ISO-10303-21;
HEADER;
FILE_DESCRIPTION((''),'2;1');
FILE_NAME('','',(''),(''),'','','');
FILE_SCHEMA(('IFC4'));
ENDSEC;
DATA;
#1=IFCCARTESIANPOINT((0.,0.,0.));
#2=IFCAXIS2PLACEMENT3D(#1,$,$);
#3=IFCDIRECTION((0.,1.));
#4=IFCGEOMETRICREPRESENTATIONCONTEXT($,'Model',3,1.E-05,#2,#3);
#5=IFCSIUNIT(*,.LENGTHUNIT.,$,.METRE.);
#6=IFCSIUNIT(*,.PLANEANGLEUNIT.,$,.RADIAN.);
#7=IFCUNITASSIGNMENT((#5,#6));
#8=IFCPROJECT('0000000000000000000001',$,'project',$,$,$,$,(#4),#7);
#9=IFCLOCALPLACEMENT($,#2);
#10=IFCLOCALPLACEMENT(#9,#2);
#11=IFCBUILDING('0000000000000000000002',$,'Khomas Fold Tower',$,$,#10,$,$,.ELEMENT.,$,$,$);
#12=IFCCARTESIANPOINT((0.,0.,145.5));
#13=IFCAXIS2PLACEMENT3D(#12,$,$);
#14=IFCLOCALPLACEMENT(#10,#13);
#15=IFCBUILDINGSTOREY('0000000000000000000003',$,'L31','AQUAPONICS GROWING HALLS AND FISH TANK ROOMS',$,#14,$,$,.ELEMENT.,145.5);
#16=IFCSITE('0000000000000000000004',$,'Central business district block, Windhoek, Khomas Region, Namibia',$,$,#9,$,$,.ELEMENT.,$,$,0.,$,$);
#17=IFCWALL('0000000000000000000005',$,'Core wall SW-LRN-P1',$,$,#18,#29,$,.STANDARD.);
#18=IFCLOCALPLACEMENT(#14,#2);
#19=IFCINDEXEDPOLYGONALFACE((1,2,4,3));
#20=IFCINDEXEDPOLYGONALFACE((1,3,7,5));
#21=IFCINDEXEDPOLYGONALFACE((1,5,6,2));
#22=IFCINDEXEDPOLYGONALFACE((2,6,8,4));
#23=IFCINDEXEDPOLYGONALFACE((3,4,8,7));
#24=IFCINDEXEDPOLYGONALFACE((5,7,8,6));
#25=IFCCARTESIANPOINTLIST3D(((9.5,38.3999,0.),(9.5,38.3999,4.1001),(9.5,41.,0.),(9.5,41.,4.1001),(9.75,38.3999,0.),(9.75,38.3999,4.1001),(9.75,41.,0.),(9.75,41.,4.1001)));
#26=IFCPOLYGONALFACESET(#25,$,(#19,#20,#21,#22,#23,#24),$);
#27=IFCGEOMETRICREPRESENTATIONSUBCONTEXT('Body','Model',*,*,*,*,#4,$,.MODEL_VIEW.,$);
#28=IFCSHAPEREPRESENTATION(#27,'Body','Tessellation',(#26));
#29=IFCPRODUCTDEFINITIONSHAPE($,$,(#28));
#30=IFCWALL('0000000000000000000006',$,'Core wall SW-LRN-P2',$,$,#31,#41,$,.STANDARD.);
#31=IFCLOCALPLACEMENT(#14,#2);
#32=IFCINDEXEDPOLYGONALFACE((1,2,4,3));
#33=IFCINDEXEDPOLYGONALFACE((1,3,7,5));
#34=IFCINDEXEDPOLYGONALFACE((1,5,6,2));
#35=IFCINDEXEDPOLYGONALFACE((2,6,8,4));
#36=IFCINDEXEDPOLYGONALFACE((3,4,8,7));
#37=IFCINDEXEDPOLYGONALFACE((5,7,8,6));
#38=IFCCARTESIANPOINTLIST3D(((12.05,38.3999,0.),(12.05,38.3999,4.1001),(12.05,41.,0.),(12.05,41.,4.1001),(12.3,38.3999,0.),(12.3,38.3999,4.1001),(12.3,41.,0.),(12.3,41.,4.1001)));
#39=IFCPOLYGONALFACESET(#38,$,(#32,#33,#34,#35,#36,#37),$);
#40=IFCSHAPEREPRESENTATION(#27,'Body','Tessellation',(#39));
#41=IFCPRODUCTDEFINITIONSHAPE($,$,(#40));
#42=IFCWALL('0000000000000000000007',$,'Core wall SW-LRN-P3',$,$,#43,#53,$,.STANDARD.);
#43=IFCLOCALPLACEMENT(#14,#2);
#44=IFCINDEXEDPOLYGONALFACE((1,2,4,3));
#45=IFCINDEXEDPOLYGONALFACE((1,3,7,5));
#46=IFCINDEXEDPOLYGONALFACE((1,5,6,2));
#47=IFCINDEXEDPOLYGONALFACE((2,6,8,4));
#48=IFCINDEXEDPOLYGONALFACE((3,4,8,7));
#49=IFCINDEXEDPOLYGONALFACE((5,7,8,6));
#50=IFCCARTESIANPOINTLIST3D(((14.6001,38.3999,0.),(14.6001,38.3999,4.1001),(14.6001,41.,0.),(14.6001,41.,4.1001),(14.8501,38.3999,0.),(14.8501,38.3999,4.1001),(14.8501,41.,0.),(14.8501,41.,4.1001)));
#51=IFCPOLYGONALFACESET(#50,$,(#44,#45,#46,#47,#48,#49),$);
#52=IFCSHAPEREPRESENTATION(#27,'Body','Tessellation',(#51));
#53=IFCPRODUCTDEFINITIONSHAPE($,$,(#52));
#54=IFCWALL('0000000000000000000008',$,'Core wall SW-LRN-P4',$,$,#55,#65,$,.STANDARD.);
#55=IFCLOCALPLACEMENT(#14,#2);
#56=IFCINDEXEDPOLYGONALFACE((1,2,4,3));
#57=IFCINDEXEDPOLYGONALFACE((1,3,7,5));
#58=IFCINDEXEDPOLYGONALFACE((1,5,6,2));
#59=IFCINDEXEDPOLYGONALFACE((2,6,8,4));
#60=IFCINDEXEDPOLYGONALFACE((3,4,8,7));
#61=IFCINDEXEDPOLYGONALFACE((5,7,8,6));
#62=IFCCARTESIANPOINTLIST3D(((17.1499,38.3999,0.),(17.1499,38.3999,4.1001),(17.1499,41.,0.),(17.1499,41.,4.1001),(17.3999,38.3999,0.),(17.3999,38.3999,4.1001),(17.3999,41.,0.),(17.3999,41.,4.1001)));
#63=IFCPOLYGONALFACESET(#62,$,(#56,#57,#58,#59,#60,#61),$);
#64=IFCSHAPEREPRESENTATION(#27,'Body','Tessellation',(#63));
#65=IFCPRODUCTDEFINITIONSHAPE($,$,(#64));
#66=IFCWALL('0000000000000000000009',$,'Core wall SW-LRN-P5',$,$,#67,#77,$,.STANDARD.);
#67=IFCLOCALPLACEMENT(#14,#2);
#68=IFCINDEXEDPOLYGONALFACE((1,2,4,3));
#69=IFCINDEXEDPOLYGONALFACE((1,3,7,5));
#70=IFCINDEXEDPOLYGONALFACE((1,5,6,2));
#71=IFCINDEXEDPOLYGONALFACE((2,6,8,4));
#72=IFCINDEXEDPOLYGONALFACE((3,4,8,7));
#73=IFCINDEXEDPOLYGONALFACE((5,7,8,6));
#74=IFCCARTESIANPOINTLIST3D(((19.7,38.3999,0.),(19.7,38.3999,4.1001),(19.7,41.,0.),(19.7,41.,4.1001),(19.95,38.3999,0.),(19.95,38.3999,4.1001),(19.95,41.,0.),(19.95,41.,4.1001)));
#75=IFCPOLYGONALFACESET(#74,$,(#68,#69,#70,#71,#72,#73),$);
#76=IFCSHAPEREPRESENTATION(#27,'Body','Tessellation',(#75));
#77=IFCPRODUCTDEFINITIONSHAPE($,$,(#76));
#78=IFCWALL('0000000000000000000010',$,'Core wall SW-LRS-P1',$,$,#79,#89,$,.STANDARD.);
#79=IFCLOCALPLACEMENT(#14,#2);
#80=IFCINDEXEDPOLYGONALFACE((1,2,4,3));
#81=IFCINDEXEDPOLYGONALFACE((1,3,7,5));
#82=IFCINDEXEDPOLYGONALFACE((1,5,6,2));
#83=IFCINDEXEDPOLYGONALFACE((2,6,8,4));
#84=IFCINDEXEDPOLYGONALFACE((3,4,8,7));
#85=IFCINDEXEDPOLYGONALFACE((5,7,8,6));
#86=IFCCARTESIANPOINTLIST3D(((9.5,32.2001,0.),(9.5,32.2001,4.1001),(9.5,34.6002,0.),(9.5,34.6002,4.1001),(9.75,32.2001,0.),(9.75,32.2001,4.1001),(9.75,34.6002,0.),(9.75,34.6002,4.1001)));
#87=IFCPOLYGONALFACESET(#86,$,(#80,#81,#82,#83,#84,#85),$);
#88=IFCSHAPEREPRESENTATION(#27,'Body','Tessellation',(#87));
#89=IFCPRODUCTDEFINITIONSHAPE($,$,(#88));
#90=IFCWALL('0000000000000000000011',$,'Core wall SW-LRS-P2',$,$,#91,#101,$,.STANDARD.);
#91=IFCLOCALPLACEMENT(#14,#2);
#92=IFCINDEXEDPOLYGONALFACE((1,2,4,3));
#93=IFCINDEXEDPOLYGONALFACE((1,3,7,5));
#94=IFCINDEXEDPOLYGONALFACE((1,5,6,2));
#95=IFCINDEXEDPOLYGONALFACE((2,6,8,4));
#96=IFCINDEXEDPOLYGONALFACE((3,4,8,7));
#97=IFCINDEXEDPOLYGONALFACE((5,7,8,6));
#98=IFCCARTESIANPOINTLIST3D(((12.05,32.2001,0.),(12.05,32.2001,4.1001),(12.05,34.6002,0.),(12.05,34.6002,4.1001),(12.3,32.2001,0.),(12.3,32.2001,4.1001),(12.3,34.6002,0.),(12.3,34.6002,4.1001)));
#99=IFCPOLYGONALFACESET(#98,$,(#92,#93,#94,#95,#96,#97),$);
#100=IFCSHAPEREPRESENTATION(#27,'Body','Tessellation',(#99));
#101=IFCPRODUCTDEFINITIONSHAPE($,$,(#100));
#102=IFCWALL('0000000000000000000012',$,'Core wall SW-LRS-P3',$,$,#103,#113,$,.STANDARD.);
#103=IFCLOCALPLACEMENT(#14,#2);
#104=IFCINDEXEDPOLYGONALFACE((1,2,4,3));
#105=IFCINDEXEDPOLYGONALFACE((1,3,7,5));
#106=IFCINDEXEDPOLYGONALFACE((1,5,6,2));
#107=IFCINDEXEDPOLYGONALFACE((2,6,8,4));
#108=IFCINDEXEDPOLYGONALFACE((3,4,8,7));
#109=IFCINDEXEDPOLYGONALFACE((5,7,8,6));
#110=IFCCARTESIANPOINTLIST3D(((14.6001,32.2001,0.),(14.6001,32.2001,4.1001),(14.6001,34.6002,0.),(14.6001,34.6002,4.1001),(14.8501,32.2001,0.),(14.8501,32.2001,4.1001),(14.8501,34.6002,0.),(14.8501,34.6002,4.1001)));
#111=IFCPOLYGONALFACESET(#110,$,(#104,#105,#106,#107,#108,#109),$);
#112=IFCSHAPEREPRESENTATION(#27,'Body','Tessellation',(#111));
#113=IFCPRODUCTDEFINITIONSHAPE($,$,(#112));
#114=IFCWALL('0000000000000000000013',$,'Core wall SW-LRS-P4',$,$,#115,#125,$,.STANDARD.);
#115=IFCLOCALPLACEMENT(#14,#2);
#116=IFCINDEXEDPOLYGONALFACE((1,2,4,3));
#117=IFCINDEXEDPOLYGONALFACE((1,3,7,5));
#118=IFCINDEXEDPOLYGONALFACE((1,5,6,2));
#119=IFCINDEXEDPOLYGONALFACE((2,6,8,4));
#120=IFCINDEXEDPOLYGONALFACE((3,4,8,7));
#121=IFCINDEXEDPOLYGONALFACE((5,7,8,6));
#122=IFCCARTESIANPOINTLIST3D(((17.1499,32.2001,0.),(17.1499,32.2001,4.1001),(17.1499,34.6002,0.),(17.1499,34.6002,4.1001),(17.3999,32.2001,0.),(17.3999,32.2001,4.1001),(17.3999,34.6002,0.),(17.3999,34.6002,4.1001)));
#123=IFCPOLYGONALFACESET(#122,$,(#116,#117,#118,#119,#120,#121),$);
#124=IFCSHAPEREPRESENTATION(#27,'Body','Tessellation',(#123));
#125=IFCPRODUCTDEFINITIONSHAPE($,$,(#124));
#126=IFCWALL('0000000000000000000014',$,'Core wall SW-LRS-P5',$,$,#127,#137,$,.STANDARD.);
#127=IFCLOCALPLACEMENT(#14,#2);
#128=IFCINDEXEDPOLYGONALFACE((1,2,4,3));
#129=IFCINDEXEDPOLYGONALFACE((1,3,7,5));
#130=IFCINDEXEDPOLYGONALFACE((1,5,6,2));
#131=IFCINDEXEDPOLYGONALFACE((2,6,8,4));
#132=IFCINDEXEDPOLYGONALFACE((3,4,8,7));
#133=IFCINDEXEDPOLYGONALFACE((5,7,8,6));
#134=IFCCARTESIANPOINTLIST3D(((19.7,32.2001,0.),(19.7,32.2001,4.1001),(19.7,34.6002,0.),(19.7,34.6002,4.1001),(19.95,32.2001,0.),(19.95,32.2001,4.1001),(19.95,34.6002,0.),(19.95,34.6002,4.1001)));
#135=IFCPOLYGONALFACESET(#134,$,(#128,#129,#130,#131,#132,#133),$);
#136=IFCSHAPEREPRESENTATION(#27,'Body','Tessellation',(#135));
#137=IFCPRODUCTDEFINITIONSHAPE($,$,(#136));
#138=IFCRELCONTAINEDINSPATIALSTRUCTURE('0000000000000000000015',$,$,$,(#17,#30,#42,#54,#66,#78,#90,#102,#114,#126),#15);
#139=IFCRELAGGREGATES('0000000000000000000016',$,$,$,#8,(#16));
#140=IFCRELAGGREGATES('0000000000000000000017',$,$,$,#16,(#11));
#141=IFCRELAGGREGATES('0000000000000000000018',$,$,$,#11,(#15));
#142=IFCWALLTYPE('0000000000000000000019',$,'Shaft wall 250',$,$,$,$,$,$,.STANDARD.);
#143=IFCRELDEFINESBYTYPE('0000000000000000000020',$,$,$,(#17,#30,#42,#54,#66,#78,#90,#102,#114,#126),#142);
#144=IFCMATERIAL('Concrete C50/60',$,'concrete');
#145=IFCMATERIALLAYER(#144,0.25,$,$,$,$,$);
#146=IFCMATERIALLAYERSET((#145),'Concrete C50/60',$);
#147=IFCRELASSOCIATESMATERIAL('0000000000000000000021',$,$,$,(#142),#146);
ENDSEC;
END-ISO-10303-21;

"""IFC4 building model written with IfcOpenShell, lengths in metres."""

from ifc_helpers import new_model, si_unit, direction, frame, frame_2d, origin, place, context, subcontext, project, spatial, rectangle, extrude, source, transform, mapped, material, layer, layer_set, type_object, element, save


model = new_model("IFC4")

# Units and contexts
model_context = context("Model", 3, precision=1e-05, world=origin(), true_north=direction((0.0, 1.0)))
body_context = subcontext(model_context, "Body", "Model", "MODEL_VIEW")
ifc_project = project(units=[si_unit("LENGTHUNIT", "METRE"), si_unit("PLANEANGLEUNIT", "RADIAN")], contexts=[model_context])

# Site, building, storey
site_placement = place(None, origin())
site = spatial("IfcSite", under=ifc_project, at=site_placement, Name="Central business district block, Windhoek, Khomas Region, Namibia", CompositionType="ELEMENT", RefElevation=0.0)
building_placement = place(site_placement, origin())
building = spatial("IfcBuilding", under=site, at=building_placement, Name="Khomas Fold Tower", CompositionType="ELEMENT")
storey_placement = place(building_placement, frame((0.0, 0.0, 145.5)))
storey = spatial("IfcBuildingStorey", under=building, at=storey_placement, Name="L31", Description="AQUAPONICS GROWING HALLS AND FISH TANK ROOMS", CompositionType="ELEMENT", Elevation=145.5)

# Walls
ifc_material_1 = material(Name="Concrete C50/60", Category="concrete")
ifc_layer_1 = layer(ifc_material_1, 0.25)
ifc_layer_set_1 = layer_set([ifc_layer_1], Name="Concrete C50/60")
wall_type_1 = type_object("IfcWallType", Name="Shaft wall 250", PredefinedType="STANDARD", material=ifc_layer_set_1)
shared_shape_1 = source(origin(), body_context, "Body", "SweptSolid", [
    extrude(rectangle(XDim=2.6001, YDim=0.25, at=frame_2d((1.3, 0.0))), origin(), (0.0, 0.0, 1.0), 4.1001),
])
for number, where, z_axis, x_axis, name in (
    (1, (9.625, 38.3999, 0.0), (0.0, 0.0, 1.0), (0.0, 1.0, 0.0), "Core wall SW-LRN-P1"),
    (2, (12.175, 38.3999, 0.0), (0.0, 0.0, 1.0), (0.0, 1.0, 0.0), "Core wall SW-LRN-P2"),
    (3, (14.7251, 38.3999, 0.0), (0.0, 0.0, 1.0), (0.0, 1.0, 0.0), "Core wall SW-LRN-P3"),
    (4, (17.2749, 38.3999, 0.0), (0.0, 0.0, 1.0), (0.0, 1.0, 0.0), "Core wall SW-LRN-P4"),
    (5, (19.825, 38.3999, 0.0), (0.0, 0.0, 1.0), (0.0, 1.0, 0.0), "Core wall SW-LRN-P5"),
):
    element("IfcWall", number, at=place(storey_placement, frame(where, z_axis=z_axis, x_axis=x_axis)), inside=storey, type_object=wall_type_1, Name=name, PredefinedType="STANDARD", context=body_context, shape_type="MappedRepresentation", body=[
        mapped(shared_shape_1, transform((0.0, 0.0, 0.0))),
    ])
shared_shape_2 = source(origin(), body_context, "Body", "SweptSolid", [
    extrude(rectangle(XDim=2.4001, YDim=0.25, at=frame_2d((1.2002, 0.0))), origin(), (0.0, 0.0, 1.0), 4.1001),
])
for number, where, z_axis, x_axis, name in (
    (6, (9.625, 32.2, 0.0), (0.0, 0.0, 1.0), (0.0, 1.0, 0.0), "Core wall SW-LRS-P1"),
    (7, (12.175, 32.2, 0.0), (0.0, 0.0, 1.0), (0.0, 1.0, 0.0), "Core wall SW-LRS-P2"),
    (8, (14.7251, 32.2, 0.0), (0.0, 0.0, 1.0), (0.0, 1.0, 0.0), "Core wall SW-LRS-P3"),
    (9, (17.2749, 32.2, 0.0), (0.0, 0.0, 1.0), (0.0, 1.0, 0.0), "Core wall SW-LRS-P4"),
    (10, (19.825, 32.2, 0.0), (0.0, 0.0, 1.0), (0.0, 1.0, 0.0), "Core wall SW-LRS-P5"),
):
    element("IfcWall", number, at=place(storey_placement, frame(where, z_axis=z_axis, x_axis=x_axis)), inside=storey, type_object=wall_type_1, Name=name, PredefinedType="STANDARD", context=body_context, shape_type="MappedRepresentation", body=[
        mapped(shared_shape_2, transform((0.0, 0.0, 0.0))),
    ])

save(model, "model.ifc")
